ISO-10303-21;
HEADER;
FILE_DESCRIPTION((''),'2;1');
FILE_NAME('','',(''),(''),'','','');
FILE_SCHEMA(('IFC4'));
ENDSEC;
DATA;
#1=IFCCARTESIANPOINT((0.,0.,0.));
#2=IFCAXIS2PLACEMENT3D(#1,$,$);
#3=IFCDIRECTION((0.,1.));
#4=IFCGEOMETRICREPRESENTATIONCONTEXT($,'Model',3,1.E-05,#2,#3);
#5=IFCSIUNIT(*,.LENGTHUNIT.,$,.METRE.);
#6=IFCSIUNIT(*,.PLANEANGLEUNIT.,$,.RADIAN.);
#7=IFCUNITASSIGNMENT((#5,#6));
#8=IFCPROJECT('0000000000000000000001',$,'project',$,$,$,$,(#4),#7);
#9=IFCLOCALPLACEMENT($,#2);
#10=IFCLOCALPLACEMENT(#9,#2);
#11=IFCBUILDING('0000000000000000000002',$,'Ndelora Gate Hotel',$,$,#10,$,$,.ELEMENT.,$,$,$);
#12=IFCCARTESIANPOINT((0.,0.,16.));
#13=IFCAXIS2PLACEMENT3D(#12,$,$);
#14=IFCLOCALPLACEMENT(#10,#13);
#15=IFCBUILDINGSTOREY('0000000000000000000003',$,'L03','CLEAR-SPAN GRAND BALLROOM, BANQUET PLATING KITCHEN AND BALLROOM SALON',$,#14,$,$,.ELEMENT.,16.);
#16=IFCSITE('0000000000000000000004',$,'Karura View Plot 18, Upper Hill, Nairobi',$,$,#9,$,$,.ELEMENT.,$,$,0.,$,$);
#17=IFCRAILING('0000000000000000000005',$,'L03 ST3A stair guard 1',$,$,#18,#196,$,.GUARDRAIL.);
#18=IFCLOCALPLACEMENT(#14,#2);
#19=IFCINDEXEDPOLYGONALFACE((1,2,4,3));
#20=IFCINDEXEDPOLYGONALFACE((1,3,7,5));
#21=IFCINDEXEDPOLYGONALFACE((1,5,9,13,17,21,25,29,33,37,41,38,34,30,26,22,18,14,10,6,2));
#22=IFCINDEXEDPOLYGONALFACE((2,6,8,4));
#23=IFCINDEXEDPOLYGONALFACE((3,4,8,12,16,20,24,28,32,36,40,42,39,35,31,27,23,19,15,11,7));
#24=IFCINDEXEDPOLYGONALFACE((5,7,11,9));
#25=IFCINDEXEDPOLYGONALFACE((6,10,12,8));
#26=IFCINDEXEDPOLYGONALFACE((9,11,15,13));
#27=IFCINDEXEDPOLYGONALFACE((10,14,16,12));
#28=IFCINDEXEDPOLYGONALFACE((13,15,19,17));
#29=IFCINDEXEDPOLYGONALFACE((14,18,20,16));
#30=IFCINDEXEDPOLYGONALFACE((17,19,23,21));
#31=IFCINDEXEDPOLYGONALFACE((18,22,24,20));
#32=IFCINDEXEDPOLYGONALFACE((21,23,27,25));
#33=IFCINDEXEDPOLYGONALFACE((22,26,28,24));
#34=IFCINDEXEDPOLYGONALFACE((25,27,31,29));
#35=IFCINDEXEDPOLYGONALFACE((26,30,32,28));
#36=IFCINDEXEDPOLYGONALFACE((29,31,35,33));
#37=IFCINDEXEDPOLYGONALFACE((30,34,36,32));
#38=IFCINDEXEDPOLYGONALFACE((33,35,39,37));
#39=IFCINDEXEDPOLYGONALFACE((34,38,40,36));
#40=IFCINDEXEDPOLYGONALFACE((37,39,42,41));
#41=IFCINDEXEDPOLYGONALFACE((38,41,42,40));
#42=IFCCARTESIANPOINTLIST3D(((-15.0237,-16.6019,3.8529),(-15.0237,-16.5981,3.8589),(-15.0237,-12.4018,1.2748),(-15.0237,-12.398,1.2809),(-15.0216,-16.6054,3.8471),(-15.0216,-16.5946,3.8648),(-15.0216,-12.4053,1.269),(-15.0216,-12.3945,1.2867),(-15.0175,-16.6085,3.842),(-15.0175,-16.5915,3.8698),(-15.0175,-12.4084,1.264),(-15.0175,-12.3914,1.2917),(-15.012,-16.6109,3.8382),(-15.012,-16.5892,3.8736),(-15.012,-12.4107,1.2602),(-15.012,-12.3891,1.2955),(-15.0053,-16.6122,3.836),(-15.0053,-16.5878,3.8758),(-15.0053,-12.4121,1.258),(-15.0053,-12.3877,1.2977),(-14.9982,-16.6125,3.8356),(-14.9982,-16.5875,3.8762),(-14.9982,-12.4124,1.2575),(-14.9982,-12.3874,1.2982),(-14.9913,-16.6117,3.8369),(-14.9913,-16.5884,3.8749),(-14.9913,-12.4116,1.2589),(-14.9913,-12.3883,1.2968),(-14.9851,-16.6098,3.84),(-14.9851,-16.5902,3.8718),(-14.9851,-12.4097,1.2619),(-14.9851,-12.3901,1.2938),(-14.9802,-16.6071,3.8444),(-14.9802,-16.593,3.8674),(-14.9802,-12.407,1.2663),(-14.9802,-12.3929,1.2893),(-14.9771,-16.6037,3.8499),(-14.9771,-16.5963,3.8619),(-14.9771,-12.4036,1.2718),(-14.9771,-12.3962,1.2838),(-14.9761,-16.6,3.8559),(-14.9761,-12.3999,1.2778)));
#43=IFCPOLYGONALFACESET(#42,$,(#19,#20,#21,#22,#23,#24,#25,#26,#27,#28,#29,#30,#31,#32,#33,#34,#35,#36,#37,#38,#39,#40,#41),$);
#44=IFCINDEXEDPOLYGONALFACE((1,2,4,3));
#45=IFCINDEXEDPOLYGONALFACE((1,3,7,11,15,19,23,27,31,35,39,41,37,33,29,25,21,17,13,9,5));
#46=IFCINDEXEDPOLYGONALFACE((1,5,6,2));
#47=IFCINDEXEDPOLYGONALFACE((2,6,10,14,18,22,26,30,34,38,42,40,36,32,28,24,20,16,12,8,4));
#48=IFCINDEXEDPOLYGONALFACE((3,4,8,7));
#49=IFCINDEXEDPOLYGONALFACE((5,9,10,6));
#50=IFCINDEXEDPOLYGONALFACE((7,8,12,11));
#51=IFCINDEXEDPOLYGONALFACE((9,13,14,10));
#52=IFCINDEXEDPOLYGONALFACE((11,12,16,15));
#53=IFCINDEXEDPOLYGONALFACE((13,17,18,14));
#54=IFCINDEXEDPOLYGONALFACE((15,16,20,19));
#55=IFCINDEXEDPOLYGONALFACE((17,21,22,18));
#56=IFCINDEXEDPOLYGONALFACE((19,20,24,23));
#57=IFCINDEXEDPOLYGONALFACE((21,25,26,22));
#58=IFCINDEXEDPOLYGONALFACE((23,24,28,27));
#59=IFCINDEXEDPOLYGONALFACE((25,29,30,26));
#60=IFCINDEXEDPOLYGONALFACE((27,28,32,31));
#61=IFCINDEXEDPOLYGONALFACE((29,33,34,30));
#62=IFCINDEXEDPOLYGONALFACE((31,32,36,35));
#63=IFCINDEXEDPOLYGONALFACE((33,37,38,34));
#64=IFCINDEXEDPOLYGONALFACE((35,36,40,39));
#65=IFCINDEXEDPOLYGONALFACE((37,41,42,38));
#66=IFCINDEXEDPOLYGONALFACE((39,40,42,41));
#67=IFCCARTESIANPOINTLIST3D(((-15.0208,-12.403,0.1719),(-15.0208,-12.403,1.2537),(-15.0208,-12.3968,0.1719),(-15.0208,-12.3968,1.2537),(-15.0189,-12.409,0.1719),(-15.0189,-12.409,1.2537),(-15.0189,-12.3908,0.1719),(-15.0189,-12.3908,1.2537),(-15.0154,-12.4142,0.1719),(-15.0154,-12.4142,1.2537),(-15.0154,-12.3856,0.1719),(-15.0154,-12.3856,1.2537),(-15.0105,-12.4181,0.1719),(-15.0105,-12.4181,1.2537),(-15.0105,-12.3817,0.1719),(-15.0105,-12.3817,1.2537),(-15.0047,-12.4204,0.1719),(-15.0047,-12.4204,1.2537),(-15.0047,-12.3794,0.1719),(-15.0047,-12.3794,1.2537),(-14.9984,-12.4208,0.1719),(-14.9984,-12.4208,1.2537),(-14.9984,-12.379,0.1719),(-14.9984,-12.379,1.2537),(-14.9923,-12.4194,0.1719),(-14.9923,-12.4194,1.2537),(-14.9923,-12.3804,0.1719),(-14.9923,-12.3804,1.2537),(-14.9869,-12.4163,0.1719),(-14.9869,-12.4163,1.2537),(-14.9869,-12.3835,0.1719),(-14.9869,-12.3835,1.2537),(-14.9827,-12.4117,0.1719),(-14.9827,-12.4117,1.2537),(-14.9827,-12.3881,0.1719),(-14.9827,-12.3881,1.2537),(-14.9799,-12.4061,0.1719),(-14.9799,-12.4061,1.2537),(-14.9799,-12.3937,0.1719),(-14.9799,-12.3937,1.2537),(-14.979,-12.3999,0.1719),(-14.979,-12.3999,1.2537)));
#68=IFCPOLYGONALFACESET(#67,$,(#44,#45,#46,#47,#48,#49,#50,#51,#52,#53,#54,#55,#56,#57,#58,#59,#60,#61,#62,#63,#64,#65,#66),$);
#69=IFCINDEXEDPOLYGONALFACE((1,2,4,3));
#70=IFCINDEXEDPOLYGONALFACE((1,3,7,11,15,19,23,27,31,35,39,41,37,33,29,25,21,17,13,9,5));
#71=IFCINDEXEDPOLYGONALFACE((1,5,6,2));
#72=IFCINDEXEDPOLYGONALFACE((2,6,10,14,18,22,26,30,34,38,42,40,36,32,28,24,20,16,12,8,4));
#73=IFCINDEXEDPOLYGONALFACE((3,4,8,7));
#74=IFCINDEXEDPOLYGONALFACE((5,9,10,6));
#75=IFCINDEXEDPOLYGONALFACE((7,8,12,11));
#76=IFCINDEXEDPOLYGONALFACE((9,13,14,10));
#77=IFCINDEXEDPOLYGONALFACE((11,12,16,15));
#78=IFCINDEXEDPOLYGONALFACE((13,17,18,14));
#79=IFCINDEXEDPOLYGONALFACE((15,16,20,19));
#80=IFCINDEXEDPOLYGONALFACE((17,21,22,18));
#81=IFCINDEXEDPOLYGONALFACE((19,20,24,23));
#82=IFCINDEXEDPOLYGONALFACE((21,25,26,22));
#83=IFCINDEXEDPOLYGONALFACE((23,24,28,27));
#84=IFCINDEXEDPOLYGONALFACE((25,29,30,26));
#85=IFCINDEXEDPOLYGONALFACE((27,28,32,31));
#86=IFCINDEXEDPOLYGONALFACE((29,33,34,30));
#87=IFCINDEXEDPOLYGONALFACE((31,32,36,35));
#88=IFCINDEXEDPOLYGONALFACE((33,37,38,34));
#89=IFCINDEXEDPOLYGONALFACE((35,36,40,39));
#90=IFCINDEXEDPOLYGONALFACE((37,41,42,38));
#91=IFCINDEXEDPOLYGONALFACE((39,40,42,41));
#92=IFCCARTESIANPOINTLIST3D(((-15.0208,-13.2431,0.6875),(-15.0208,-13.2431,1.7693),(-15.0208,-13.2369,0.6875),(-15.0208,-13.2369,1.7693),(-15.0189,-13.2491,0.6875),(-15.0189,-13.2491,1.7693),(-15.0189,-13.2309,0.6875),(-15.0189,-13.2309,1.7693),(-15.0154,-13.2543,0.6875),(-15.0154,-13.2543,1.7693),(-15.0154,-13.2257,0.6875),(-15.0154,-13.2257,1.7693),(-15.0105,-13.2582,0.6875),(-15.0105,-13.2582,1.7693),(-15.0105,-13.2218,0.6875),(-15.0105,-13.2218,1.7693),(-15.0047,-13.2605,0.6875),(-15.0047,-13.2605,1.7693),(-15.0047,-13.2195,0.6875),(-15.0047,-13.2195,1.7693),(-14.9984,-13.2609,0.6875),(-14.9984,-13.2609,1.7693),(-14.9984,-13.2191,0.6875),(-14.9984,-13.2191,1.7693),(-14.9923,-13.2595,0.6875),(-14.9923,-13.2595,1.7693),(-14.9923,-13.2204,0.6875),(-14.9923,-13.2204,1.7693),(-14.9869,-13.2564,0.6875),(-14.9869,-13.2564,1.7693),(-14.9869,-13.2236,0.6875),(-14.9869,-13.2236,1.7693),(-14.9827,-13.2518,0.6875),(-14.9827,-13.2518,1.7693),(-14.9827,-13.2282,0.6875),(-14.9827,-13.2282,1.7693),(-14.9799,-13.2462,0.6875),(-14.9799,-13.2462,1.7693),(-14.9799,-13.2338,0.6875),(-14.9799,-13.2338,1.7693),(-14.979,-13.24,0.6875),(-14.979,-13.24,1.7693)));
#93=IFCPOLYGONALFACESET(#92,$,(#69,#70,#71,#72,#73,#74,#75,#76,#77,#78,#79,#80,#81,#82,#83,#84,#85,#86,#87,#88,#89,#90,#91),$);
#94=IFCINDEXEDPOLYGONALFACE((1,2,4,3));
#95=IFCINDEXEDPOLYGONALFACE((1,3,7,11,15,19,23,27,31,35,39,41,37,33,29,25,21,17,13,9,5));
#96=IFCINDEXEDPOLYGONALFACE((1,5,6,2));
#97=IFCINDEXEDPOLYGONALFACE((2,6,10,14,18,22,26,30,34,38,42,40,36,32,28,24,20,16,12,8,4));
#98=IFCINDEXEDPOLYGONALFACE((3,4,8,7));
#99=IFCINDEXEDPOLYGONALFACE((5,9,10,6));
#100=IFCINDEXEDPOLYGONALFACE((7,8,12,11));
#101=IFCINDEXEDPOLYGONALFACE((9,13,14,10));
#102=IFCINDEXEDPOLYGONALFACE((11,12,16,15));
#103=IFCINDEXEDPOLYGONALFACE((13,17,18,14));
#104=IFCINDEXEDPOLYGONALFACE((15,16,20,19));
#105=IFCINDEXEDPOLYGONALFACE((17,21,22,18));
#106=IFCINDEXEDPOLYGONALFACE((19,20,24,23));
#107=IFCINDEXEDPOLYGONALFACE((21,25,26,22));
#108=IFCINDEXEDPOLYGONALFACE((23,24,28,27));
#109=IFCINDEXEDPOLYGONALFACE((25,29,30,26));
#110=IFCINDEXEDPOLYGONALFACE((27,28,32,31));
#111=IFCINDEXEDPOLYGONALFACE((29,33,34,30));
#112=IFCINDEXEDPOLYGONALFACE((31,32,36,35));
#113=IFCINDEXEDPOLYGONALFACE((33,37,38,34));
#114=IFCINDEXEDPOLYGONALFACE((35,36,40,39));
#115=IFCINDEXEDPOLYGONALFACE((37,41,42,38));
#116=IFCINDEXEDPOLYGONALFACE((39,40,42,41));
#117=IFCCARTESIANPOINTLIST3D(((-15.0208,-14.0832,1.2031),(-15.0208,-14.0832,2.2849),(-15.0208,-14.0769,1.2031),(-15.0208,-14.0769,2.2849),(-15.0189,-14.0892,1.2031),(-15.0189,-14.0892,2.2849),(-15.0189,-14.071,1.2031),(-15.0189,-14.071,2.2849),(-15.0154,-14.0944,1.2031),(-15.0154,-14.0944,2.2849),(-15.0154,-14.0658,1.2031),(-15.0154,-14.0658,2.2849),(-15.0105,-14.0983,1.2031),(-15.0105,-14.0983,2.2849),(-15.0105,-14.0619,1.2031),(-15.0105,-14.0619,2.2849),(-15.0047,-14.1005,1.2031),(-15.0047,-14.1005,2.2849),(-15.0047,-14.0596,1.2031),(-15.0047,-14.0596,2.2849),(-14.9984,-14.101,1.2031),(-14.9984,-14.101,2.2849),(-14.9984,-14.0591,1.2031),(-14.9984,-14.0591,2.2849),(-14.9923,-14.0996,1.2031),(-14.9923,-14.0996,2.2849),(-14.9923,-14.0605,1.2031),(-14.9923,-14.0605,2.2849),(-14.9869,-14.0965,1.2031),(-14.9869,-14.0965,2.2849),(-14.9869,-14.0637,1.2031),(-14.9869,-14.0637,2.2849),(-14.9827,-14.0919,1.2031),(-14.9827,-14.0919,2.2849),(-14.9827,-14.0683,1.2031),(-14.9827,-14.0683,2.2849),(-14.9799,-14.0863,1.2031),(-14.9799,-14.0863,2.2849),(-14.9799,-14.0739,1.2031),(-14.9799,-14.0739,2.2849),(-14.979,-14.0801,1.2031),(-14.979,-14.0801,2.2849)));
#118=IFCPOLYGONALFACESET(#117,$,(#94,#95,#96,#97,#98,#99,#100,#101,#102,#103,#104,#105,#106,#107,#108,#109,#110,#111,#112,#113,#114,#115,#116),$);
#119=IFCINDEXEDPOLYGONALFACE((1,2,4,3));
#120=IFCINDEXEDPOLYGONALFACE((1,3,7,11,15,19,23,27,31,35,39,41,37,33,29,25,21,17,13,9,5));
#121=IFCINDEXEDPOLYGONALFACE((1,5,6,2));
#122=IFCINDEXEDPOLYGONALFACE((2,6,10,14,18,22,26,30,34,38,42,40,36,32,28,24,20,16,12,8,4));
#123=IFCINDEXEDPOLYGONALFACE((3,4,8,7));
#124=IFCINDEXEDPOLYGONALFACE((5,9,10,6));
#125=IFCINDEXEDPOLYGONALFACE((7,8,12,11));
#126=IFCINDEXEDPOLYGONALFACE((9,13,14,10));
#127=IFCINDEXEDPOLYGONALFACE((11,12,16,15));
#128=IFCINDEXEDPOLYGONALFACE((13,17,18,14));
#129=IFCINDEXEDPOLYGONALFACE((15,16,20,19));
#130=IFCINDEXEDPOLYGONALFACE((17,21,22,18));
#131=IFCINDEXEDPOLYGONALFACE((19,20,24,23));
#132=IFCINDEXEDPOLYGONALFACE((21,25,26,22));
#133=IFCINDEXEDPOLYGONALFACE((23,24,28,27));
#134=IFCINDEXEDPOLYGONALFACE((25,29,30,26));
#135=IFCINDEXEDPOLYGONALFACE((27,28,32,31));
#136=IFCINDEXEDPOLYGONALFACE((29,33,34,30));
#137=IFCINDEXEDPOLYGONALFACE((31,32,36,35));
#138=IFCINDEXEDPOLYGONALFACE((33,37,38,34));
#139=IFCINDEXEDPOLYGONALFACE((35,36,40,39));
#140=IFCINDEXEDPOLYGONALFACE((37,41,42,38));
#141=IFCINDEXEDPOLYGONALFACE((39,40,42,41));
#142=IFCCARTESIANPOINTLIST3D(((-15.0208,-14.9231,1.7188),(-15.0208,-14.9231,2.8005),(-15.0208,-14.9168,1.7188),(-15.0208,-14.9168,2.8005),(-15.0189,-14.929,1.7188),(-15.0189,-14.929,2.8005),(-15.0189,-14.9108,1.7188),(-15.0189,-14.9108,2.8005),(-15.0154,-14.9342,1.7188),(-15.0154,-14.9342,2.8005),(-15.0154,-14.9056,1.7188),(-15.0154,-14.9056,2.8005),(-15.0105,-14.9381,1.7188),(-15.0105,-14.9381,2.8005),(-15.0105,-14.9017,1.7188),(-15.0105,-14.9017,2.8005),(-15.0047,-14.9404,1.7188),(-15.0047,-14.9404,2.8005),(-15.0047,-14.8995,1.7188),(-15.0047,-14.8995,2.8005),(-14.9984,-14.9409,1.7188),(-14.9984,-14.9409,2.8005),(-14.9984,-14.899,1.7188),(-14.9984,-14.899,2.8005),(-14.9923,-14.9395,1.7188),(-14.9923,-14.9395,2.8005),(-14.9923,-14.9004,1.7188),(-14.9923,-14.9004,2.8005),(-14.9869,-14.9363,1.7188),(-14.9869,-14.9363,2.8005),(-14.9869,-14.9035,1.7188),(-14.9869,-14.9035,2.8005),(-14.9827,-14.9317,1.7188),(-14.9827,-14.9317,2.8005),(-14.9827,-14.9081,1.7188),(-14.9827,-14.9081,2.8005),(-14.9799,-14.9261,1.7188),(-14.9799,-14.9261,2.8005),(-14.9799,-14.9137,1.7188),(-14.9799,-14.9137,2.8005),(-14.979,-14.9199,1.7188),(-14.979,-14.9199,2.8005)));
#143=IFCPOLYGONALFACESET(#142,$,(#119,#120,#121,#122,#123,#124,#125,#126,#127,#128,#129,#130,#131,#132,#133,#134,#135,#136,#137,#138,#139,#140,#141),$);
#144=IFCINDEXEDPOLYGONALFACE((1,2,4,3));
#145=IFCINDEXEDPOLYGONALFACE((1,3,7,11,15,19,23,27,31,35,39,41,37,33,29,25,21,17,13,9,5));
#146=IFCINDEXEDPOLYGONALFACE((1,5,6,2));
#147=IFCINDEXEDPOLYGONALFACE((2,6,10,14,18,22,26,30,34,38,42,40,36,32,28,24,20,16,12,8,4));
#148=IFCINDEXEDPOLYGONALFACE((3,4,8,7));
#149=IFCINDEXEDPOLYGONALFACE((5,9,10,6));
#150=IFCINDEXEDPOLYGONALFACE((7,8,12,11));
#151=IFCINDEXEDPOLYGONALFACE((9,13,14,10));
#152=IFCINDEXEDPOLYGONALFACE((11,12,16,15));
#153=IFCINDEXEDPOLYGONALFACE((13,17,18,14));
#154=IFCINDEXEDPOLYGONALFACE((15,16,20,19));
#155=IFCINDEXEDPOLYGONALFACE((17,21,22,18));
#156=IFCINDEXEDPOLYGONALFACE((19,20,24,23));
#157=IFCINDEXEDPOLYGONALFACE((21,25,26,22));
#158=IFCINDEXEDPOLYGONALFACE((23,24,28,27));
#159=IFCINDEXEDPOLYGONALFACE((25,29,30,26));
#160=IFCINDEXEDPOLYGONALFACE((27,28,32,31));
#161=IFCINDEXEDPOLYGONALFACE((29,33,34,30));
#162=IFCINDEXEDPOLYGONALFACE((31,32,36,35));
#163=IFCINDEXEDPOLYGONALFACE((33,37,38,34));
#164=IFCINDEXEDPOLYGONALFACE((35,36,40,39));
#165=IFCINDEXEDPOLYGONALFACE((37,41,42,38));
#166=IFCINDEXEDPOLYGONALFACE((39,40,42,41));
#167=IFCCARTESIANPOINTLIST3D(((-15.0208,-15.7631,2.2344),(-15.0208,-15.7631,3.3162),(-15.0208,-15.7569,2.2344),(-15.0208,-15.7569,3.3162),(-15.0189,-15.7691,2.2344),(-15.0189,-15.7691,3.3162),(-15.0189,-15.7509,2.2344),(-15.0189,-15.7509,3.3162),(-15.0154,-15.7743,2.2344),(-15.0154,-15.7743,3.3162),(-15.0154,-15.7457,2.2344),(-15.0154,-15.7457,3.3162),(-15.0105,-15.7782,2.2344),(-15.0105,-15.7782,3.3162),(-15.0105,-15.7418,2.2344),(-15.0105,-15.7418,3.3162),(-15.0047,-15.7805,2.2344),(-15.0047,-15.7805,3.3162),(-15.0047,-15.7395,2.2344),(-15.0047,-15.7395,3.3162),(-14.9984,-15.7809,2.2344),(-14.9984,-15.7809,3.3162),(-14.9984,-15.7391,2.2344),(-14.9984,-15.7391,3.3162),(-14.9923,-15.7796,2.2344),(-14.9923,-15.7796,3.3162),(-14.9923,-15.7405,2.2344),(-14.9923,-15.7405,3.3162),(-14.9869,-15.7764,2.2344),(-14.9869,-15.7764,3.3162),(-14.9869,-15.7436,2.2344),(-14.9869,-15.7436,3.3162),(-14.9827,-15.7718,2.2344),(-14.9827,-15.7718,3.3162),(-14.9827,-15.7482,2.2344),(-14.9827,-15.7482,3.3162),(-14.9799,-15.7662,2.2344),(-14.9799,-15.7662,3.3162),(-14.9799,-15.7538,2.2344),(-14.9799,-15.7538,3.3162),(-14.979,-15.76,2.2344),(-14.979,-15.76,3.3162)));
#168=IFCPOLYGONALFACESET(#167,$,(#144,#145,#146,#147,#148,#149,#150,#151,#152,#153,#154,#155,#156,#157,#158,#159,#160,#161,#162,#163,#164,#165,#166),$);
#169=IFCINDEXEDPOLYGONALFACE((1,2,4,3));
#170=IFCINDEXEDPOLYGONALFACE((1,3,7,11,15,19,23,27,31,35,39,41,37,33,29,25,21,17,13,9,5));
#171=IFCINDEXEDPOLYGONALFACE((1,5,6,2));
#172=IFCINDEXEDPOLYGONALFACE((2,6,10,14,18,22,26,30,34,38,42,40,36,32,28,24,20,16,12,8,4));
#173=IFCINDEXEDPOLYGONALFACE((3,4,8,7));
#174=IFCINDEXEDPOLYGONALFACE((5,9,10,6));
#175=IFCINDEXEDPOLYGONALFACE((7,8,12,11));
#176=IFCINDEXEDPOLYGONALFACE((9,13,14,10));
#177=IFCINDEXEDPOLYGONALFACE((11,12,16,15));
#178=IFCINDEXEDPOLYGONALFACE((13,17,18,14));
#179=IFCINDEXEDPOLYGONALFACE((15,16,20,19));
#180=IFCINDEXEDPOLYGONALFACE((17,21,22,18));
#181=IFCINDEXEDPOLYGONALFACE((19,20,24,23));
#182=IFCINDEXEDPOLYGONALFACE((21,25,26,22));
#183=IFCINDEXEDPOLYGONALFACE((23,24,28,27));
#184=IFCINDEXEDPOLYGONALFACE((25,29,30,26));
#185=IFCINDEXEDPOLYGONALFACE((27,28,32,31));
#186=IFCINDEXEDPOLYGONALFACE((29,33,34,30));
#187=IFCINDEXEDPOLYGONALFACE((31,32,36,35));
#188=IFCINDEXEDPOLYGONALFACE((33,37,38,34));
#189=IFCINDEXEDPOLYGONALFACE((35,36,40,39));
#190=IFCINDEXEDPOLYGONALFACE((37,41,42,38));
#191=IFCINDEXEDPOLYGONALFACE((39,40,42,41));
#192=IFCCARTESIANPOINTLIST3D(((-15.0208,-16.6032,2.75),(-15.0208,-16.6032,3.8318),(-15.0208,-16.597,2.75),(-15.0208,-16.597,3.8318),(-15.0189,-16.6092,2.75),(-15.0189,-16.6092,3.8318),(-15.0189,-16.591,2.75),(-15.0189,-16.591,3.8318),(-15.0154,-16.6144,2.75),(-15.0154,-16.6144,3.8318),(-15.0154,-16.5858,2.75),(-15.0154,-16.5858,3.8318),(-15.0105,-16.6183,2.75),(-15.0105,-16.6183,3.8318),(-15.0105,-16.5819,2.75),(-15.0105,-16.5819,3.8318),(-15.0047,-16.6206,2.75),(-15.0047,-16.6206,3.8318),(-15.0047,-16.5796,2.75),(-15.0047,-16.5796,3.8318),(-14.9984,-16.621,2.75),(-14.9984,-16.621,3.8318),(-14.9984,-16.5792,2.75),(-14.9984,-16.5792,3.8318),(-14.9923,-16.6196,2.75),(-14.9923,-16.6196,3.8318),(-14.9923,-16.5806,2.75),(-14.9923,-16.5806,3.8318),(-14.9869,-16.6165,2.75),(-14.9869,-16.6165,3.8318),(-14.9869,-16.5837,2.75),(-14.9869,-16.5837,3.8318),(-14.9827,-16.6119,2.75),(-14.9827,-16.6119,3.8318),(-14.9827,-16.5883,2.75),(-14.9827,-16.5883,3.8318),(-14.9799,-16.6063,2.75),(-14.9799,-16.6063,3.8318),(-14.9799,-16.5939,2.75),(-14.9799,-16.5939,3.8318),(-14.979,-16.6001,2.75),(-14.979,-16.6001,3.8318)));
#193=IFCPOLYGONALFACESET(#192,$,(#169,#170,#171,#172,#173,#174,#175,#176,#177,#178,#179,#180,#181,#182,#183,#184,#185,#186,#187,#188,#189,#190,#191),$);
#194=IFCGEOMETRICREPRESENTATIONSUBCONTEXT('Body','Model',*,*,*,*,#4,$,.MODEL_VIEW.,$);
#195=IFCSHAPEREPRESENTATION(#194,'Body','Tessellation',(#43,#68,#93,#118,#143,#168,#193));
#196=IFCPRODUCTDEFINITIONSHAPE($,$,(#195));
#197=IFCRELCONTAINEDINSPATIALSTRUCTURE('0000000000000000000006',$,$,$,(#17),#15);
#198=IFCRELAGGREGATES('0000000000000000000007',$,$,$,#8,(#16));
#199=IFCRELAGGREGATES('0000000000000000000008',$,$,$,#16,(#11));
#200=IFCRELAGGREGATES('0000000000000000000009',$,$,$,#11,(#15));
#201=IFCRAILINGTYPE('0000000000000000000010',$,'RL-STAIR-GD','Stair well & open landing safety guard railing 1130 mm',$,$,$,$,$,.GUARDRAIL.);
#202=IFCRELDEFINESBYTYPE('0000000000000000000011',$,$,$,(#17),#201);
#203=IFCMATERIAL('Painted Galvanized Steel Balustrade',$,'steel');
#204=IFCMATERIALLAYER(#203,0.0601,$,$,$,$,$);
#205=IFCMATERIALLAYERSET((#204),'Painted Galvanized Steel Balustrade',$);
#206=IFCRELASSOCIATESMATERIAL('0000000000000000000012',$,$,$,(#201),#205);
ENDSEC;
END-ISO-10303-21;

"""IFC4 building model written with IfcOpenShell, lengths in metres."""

from ifc_helpers import new_model, si_unit, direction, frame, origin, origin_2d, place, context, subcontext, project, spatial, circle, extrude, material, layer, layer_set, type_object, element, save


model = new_model("IFC4")

# Units and contexts
model_context = context("Model", 3, precision=1e-05, world=origin(), true_north=direction((0.0, 1.0)))
body_context = subcontext(model_context, "Body", "Model", "MODEL_VIEW")
ifc_project = project(units=[si_unit("LENGTHUNIT", "METRE"), si_unit("PLANEANGLEUNIT", "RADIAN")], contexts=[model_context])

# Site, building, storey
site_placement = place(None, origin())
site = spatial("IfcSite", under=ifc_project, at=site_placement, Name="Karura View Plot 18, Upper Hill, Nairobi", CompositionType="ELEMENT", RefElevation=0.0)
building_placement = place(site_placement, origin())
building = spatial("IfcBuilding", under=site, at=building_placement, Name="Ndelora Gate Hotel", CompositionType="ELEMENT")
storey_placement = place(building_placement, frame((0.0, 0.0, 16.0)))
storey = spatial("IfcBuildingStorey", under=building, at=storey_placement, Name="L03", Description="CLEAR-SPAN GRAND BALLROOM, BANQUET PLATING KITCHEN AND BALLROOM SALON", CompositionType="ELEMENT", Elevation=16.0)

# Railing
ifc_material_1 = material(Name="Painted Galvanized Steel Balustrade", Category="steel")
ifc_layer_1 = layer(ifc_material_1, 0.0601)
ifc_layer_set_1 = layer_set([ifc_layer_1], Name="Painted Galvanized Steel Balustrade")
railing_type_1 = type_object("IfcRailingType", Name="RL-STAIR-GD", Description="Stair well & open landing safety guard railing 1130 mm", PredefinedType="GUARDRAIL", material=ifc_layer_set_1)
railing_1_placement = place(storey_placement, frame((-15.0, -12.3999, 0.1719)))
element("IfcRailing", 1, at=railing_1_placement, inside=storey, type_object=railing_type_1, Name="L03 ST3A stair guard 1", PredefinedType="GUARDRAIL", context=body_context, shape_type="SweptSolid", body=[
    extrude(circle(Radius=0.0239, at=origin_2d()), frame((0.0, 0.0, 1.106), z_axis=(0.0, -0.852256, 0.523124), x_axis=(1.0, 0.0, 0.0)), (0.0, 0.0, 1.0), 4.9282),
    extrude(circle(Radius=0.021, at=origin_2d()), origin(), (0.0, 0.0, 1.0), 1.0818),
    extrude(circle(Radius=0.021, at=origin_2d()), frame((0.0, -0.8401, 0.5156)), (0.0, 0.0, 1.0), 1.0818),
    extrude(circle(Radius=0.021, at=origin_2d()), frame((0.0, -1.6802, 1.0312)), (0.0, 0.0, 1.0), 1.0818),
    extrude(circle(Radius=0.021, at=origin_2d()), frame((0.0, -2.52, 1.5469)), (0.0, 0.0, 1.0), 1.0818),
    extrude(circle(Radius=0.021, at=origin_2d()), frame((0.0, -3.3601, 2.0625)), (0.0, 0.0, 1.0), 1.0818),
    extrude(circle(Radius=0.021, at=origin_2d()), frame((0.0, -4.2002, 2.5781)), (0.0, 0.0, 1.0), 1.0818),
])

save(model, "model.ifc")
